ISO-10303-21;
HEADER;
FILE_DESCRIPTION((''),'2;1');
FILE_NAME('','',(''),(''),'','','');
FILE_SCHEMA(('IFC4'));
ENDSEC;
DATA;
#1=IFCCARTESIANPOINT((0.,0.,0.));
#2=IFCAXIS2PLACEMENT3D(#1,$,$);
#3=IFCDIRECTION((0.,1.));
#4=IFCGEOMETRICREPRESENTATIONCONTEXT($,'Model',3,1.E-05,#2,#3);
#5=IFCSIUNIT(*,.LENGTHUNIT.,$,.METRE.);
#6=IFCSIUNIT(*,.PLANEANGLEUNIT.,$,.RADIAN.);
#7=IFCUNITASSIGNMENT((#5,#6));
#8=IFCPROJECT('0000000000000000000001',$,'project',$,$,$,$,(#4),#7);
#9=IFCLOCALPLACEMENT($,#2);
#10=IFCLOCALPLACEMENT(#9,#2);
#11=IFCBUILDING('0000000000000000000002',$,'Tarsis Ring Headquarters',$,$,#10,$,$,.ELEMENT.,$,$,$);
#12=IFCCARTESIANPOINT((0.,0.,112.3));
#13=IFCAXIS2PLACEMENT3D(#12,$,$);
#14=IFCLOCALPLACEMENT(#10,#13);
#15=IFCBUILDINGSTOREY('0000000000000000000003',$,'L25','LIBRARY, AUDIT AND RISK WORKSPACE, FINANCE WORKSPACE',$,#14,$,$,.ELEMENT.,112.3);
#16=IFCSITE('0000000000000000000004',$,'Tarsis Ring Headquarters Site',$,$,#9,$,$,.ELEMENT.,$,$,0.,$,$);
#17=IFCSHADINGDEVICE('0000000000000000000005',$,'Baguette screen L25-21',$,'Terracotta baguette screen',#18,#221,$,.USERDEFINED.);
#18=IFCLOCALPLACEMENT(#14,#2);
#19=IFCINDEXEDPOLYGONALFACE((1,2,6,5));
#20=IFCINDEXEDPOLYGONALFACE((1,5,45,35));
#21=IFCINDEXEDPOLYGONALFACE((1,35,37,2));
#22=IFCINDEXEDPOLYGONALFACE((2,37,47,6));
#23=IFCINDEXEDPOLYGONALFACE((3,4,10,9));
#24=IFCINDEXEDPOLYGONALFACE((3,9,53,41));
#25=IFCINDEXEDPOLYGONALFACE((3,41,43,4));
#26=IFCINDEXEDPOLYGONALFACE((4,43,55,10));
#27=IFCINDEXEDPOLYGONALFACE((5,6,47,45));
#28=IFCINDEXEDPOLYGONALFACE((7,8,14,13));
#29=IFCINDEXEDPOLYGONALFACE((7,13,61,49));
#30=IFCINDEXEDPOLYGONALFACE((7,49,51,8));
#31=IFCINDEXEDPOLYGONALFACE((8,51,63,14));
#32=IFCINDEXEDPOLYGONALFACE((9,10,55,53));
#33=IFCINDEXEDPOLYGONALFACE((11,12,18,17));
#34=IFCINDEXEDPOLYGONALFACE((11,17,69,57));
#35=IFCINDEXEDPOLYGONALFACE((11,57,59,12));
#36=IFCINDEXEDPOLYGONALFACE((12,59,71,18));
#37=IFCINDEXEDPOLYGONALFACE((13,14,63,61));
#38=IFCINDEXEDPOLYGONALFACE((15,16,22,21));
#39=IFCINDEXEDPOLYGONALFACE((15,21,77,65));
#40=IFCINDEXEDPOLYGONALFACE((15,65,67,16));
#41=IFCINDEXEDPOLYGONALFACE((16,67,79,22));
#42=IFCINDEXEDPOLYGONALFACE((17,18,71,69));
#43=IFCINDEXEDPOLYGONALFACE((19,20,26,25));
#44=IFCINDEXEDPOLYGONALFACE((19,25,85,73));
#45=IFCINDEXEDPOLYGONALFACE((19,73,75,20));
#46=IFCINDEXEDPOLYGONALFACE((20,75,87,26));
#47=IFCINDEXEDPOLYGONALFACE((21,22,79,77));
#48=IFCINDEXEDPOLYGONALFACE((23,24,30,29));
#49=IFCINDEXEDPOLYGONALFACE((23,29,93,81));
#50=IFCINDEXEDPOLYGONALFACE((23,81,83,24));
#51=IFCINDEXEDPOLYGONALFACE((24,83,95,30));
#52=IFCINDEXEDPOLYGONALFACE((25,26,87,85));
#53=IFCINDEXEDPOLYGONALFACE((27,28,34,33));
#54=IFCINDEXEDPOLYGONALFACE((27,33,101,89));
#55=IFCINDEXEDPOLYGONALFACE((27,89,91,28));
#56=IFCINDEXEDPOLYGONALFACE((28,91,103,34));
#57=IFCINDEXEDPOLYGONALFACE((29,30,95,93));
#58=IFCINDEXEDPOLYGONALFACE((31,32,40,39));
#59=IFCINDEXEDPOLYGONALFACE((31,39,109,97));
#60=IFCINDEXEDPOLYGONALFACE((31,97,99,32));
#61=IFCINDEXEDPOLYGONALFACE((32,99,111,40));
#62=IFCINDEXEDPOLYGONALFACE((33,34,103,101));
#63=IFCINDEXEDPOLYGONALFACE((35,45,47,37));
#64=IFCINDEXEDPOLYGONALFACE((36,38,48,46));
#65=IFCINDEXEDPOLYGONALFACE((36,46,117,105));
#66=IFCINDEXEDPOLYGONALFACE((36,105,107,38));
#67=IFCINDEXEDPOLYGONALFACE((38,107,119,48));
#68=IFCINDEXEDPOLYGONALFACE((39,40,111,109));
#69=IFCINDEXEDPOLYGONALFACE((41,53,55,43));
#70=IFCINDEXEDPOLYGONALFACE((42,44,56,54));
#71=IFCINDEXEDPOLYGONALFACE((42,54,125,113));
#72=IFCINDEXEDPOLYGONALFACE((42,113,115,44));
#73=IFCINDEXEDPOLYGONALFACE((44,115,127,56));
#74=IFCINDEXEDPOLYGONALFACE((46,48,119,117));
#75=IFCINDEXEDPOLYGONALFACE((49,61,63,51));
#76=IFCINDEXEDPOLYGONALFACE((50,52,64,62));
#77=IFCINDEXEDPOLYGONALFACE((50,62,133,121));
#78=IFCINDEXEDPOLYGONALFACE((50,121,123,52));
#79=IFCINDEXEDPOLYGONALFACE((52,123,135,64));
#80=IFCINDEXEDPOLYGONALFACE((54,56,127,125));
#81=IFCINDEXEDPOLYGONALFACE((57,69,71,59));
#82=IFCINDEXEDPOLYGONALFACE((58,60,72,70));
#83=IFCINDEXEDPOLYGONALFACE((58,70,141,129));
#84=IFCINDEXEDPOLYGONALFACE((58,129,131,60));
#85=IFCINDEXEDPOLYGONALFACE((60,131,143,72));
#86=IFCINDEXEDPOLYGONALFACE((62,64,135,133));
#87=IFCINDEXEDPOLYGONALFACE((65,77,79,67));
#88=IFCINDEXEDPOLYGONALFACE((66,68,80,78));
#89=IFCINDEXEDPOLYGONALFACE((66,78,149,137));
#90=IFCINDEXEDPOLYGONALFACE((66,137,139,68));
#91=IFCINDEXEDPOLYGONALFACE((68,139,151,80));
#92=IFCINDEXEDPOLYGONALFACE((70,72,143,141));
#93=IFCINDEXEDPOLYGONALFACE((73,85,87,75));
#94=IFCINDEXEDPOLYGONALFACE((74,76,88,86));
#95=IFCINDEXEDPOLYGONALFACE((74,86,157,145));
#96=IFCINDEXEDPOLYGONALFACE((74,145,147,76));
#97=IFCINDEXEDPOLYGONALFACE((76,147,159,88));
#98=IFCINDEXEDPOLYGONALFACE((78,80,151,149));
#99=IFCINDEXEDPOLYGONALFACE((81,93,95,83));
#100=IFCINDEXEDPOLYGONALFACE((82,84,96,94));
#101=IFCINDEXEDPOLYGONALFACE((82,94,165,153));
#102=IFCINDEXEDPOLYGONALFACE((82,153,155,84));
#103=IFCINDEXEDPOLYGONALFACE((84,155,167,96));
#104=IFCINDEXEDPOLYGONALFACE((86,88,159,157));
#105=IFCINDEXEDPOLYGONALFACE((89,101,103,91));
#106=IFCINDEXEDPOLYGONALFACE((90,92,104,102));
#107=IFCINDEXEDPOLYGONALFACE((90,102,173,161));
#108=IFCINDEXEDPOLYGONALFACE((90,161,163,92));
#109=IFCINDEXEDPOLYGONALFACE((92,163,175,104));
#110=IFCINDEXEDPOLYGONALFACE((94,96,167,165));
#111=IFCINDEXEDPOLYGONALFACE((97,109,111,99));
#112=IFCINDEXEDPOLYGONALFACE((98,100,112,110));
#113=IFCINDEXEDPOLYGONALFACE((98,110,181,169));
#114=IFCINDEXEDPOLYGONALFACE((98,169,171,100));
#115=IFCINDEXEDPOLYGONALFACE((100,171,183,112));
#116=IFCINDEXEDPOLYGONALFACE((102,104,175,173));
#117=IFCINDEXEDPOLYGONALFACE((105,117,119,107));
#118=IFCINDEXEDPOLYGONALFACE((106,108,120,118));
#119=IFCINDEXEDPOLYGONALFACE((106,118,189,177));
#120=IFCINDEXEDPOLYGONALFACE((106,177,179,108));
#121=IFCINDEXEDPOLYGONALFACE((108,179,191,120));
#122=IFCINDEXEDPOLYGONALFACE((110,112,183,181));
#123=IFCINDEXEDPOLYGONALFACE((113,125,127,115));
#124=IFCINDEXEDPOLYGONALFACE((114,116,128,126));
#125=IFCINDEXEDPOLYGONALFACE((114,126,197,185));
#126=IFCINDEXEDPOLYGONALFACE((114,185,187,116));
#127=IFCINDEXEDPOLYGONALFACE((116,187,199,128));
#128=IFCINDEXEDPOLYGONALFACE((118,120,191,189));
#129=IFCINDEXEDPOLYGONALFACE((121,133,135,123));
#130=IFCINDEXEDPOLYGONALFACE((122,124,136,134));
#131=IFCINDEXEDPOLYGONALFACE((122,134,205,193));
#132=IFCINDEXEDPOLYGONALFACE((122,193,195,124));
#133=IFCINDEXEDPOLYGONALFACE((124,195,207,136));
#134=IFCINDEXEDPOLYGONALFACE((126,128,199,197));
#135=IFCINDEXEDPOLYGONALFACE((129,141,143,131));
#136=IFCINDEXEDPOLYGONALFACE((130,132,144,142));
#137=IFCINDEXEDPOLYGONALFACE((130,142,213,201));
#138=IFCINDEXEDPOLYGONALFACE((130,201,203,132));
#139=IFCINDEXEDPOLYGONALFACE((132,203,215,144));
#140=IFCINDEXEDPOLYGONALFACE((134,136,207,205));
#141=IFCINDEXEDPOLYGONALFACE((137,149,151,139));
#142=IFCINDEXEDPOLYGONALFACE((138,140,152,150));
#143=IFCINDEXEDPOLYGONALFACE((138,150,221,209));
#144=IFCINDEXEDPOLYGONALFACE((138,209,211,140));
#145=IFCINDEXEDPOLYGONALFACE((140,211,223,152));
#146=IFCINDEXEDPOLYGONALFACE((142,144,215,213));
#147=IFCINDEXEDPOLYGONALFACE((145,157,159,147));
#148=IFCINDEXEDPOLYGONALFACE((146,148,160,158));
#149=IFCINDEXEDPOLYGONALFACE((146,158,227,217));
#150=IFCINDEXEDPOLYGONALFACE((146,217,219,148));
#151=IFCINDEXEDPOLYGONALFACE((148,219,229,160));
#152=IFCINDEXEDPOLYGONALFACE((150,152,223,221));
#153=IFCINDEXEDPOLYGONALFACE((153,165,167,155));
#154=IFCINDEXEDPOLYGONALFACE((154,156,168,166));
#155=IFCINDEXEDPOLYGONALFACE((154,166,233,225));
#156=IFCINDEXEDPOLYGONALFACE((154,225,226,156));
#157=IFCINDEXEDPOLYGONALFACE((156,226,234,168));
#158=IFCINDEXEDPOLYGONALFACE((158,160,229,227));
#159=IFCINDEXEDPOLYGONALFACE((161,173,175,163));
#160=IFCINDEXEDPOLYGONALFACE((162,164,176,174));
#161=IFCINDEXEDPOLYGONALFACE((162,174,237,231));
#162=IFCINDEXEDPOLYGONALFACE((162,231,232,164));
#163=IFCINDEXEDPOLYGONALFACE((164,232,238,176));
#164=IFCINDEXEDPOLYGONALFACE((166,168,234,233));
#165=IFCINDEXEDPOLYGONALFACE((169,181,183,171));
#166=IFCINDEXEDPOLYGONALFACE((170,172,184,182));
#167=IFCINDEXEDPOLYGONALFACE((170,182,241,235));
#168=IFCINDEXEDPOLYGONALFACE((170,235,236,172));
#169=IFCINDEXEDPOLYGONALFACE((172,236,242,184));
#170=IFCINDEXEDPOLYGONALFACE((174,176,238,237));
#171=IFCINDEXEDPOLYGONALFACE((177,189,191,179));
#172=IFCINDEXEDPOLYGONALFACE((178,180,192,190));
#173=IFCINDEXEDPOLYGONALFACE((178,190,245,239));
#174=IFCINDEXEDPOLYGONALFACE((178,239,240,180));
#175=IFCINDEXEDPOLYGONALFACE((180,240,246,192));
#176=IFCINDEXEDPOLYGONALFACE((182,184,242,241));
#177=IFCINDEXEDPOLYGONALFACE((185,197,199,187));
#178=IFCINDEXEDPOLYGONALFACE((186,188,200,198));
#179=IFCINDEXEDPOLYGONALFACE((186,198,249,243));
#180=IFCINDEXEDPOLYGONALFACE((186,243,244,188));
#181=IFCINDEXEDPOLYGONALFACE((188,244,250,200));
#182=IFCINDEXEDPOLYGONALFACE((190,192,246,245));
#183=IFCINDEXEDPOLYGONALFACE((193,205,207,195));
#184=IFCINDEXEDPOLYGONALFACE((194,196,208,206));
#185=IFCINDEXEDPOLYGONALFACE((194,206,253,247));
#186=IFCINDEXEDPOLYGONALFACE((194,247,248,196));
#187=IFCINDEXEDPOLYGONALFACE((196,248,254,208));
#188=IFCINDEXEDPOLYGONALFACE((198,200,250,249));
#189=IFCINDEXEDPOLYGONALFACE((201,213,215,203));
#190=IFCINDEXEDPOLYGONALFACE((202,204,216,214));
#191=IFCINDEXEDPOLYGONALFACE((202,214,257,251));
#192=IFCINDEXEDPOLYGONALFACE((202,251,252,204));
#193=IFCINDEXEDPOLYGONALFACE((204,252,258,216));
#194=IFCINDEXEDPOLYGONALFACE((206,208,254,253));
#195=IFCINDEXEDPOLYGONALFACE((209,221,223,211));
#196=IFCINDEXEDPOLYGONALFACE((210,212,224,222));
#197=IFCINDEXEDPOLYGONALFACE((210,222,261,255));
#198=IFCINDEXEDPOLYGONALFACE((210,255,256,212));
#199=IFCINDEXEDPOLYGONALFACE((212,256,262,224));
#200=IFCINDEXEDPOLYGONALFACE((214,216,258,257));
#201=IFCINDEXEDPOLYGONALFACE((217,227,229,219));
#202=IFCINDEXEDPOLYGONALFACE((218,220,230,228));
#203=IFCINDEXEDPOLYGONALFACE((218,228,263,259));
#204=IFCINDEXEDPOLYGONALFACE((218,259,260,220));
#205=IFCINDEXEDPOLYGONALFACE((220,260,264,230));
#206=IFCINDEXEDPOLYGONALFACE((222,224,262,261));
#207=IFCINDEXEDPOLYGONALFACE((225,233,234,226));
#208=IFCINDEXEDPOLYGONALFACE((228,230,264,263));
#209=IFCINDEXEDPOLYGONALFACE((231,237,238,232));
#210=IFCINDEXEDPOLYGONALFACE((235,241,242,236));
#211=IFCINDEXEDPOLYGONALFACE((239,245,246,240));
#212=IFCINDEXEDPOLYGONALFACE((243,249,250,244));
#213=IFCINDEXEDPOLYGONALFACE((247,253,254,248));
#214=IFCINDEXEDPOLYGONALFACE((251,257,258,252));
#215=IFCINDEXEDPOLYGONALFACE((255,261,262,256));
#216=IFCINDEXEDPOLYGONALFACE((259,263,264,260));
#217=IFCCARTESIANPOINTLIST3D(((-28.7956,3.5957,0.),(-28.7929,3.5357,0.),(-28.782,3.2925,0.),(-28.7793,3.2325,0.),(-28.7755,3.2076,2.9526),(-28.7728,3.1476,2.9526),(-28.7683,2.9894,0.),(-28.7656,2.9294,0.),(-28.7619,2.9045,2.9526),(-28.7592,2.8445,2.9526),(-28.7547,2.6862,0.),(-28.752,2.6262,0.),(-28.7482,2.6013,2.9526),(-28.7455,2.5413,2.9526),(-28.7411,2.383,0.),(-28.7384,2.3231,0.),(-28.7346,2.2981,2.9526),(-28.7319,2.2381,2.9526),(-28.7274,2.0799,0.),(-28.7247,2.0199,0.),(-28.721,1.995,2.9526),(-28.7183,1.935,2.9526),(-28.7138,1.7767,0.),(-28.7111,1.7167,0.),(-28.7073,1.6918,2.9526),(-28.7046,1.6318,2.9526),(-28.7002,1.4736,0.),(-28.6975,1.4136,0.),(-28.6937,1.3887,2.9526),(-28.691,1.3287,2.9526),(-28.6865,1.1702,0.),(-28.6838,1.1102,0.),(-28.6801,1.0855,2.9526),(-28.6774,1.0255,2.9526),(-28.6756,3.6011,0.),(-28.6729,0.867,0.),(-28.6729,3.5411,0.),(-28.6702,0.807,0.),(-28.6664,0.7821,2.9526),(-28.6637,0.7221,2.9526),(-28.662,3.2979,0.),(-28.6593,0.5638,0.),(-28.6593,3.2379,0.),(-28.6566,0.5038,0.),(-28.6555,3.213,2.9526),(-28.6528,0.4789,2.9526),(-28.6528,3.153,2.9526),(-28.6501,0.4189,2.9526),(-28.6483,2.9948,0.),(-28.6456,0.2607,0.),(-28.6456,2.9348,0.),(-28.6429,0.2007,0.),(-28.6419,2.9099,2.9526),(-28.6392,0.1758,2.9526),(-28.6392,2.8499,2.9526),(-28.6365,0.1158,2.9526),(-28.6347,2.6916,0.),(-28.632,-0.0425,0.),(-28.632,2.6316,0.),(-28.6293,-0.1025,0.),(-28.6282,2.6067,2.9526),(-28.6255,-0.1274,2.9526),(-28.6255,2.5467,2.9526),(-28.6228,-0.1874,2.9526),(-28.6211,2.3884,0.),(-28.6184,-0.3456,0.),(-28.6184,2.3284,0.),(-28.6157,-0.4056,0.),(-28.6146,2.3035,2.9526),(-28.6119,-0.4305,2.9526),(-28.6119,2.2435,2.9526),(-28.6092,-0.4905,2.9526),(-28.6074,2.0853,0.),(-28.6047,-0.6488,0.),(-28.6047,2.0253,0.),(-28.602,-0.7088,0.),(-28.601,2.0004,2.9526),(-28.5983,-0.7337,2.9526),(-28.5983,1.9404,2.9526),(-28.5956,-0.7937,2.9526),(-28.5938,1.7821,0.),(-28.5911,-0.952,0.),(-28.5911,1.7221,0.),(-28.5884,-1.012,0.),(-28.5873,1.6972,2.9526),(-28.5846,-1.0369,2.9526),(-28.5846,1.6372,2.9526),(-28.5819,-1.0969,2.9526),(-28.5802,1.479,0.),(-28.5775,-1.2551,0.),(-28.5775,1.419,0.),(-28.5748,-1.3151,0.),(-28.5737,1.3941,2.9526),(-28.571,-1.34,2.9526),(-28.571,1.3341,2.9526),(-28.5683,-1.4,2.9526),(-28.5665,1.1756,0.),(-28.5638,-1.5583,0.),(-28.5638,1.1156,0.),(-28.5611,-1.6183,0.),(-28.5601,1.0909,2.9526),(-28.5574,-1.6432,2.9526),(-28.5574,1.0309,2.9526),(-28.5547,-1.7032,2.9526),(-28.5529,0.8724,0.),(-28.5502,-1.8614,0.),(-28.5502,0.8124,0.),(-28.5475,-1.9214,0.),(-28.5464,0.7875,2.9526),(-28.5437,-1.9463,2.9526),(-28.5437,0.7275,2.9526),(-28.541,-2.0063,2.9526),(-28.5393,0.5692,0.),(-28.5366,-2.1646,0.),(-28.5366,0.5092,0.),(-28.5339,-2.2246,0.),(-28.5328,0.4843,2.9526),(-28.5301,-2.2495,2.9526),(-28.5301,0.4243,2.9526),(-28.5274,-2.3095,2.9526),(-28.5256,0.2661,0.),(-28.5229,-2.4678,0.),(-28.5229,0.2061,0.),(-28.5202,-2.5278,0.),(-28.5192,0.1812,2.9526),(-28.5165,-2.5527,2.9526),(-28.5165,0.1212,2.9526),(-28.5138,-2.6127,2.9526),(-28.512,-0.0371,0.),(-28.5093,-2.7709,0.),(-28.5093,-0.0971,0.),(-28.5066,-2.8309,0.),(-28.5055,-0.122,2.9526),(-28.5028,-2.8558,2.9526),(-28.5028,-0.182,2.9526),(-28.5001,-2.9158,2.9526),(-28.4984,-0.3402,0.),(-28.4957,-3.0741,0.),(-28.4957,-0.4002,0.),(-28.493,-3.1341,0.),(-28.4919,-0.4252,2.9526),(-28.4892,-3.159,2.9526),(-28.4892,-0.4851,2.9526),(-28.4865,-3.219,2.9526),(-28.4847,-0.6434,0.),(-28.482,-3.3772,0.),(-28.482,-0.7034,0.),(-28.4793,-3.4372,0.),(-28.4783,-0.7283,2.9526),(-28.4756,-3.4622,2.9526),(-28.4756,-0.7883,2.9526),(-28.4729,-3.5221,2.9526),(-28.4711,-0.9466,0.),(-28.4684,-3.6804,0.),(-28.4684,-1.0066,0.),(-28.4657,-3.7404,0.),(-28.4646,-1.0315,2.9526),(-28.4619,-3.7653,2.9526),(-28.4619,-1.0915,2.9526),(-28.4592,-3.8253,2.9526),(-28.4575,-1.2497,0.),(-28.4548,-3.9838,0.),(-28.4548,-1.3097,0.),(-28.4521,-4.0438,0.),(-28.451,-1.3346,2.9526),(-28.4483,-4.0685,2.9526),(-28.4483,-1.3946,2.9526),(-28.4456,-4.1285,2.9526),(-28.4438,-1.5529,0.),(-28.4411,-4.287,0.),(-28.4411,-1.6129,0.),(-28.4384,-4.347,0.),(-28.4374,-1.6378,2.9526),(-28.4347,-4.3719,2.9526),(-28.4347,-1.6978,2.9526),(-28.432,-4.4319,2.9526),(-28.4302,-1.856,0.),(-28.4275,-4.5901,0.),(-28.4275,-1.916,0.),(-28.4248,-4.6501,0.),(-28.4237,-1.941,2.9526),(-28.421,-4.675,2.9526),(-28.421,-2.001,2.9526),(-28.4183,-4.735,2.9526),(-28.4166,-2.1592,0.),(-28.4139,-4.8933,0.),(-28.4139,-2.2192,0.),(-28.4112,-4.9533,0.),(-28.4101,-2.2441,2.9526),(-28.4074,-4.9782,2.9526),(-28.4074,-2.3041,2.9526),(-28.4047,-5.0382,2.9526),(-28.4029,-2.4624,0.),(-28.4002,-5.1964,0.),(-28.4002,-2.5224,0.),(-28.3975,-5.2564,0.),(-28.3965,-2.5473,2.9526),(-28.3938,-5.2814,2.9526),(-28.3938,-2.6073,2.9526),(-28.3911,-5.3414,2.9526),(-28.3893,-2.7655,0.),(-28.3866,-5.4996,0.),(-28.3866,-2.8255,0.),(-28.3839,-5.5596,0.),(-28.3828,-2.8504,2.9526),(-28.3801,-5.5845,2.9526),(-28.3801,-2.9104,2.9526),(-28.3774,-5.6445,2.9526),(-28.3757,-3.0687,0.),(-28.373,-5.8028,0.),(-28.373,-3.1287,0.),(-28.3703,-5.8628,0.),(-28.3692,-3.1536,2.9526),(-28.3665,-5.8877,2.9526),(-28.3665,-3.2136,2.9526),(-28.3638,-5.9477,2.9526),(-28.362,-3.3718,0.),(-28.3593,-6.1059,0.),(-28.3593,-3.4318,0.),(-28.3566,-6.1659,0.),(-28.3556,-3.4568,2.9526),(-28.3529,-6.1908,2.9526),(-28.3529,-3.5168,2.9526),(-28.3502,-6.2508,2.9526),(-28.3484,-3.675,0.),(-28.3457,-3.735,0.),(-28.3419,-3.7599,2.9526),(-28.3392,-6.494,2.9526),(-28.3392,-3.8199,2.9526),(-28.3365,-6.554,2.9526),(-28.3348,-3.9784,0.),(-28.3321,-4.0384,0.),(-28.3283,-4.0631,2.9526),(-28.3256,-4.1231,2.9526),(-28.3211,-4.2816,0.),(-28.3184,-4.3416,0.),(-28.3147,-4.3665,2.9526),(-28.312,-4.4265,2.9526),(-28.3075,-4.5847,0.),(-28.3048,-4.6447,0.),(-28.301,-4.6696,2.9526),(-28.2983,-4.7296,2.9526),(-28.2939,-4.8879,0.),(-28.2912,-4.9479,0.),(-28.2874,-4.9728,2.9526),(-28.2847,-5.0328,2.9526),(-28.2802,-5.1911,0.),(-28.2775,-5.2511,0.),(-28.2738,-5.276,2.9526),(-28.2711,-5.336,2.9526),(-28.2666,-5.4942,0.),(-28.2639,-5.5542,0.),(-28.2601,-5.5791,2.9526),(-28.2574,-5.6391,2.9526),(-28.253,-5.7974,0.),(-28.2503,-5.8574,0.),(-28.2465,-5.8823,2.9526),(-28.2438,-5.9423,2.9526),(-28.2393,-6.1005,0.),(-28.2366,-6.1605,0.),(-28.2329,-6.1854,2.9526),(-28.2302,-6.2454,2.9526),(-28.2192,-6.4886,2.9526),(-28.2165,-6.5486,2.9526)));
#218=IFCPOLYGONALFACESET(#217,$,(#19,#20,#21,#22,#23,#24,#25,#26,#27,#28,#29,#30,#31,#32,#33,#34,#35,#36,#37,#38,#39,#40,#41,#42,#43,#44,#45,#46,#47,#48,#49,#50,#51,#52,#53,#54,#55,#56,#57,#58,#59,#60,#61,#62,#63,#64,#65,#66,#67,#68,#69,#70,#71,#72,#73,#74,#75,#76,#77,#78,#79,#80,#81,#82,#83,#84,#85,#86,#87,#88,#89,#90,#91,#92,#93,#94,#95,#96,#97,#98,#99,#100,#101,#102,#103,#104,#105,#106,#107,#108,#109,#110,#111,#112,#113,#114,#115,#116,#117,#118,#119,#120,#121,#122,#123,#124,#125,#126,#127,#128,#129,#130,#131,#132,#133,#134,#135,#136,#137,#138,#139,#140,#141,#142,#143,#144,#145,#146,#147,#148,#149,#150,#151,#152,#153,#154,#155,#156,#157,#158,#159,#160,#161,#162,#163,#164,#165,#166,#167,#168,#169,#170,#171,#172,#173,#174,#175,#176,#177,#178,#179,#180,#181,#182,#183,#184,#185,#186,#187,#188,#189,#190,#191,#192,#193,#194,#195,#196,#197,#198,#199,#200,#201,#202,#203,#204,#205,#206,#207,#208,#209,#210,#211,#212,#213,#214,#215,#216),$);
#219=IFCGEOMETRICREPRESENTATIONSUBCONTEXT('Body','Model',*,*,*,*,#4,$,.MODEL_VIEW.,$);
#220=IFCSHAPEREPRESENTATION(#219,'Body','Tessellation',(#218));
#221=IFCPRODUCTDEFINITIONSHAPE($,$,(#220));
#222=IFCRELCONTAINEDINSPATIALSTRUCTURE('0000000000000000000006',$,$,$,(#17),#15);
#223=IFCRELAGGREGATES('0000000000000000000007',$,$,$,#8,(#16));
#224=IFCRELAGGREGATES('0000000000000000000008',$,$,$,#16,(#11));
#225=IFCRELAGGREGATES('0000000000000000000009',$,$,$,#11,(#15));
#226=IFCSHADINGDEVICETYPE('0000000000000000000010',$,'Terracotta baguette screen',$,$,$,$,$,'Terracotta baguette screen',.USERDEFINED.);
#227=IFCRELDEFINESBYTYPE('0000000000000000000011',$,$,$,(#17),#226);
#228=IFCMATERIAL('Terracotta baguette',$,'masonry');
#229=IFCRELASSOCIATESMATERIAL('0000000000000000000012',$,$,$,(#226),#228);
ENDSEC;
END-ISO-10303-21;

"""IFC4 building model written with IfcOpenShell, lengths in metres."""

from ifc_helpers import new_model, si_unit, direction, frame, frame_2d, origin, place, context, subcontext, project, spatial, rectangle, composite_profile, extrude, material, type_object, element, save


model = new_model("IFC4")

# Units and contexts
model_context = context("Model", 3, precision=1e-05, world=origin(), true_north=direction((0.0, 1.0)))
body_context = subcontext(model_context, "Body", "Model", "MODEL_VIEW")
ifc_project = project(units=[si_unit("LENGTHUNIT", "METRE"), si_unit("PLANEANGLEUNIT", "RADIAN")], contexts=[model_context])

# Site, building, storey
site_placement = place(None, origin())
site = spatial("IfcSite", under=ifc_project, at=site_placement, Name="Tarsis Ring Headquarters Site", CompositionType="ELEMENT", RefElevation=0.0)
building_placement = place(site_placement, origin())
building = spatial("IfcBuilding", under=site, at=building_placement, Name="Tarsis Ring Headquarters", CompositionType="ELEMENT")
storey_placement = place(building_placement, frame((0.0, 0.0, 112.3)))
storey = spatial("IfcBuildingStorey", under=building, at=storey_placement, Name="L25", Description="LIBRARY, AUDIT AND RISK WORKSPACE, FINANCE WORKSPACE", CompositionType="ELEMENT", Elevation=112.3)

# Shading device
ifc_material_1 = material(Name="Terracotta baguette", Category="masonry")
shading_device_type = type_object("IfcShadingDeviceType", Name="Terracotta baguette screen", ElementType="Terracotta baguette screen", PredefinedType="USERDEFINED", material=ifc_material_1)
shading_device_placement = place(storey_placement, frame((-28.7356, 3.5984, 0.0), z_axis=(0.0, 0.0, 1.0), x_axis=(0.044923, -0.999001, 0.0)))
element("IfcShadingDevice", 1, at=shading_device_placement, inside=storey, type_object=shading_device_type, Name="Baguette screen L25-21", ObjectType="Terracotta baguette screen", PredefinedType="USERDEFINED", context=body_context, shape_type="SweptSolid", body=[
    extrude(composite_profile([rectangle(XDim=0.0601, YDim=0.1201, at=frame_2d((0.03, 0.0))), rectangle(XDim=0.0601, YDim=0.1201, at=frame_2d((0.3335, 0.0))), rectangle(XDim=0.0601, YDim=0.1201, at=frame_2d((0.637, 0.0))), rectangle(XDim=0.0601, YDim=0.1201, at=frame_2d((0.9404, 0.0))), rectangle(XDim=0.0601, YDim=0.1201, at=frame_2d((1.2439, 0.0))), rectangle(XDim=0.0601, YDim=0.1201, at=frame_2d((1.5474, 0.0))), rectangle(XDim=0.0601, YDim=0.1201, at=frame_2d((1.8508, 0.0))), rectangle(XDim=0.0601, YDim=0.1201, at=frame_2d((2.1543, 0.0))), rectangle(XDim=0.0601, YDim=0.1201, at=frame_2d((2.458, 0.0))), rectangle(XDim=0.0601, YDim=0.1201, at=frame_2d((2.7615, 0.0))), rectangle(XDim=0.0601, YDim=0.1201, at=frame_2d((3.0649, 0.0))), rectangle(XDim=0.0601, YDim=0.1201, at=frame_2d((3.3684, 0.0))), rectangle(XDim=0.0601, YDim=0.1201, at=frame_2d((3.6719, 0.0))), rectangle(XDim=0.0601, YDim=0.1201, at=frame_2d((3.9753, 0.0))), rectangle(XDim=0.0601, YDim=0.1201, at=frame_2d((4.2788, 0.0))), rectangle(XDim=0.0601, YDim=0.1201, at=frame_2d((4.5823, 0.0))), rectangle(XDim=0.0601, YDim=0.1201, at=frame_2d((4.8857, 0.0))), rectangle(XDim=0.0601, YDim=0.1201, at=frame_2d((5.1892, 0.0))), rectangle(XDim=0.0601, YDim=0.1201, at=frame_2d((5.4927, 0.0))), rectangle(XDim=0.0601, YDim=0.1201, at=frame_2d((5.7961, 0.0))), rectangle(XDim=0.0601, YDim=0.1201, at=frame_2d((6.0996, 0.0))), rectangle(XDim=0.0601, YDim=0.1201, at=frame_2d((6.4031, 0.0))), rectangle(XDim=0.0601, YDim=0.1201, at=frame_2d((6.7065, 0.0))), rectangle(XDim=0.0601, YDim=0.1201, at=frame_2d((7.01, 0.0))), rectangle(XDim=0.0601, YDim=0.1201, at=frame_2d((7.3135, 0.0))), rectangle(XDim=0.0601, YDim=0.1201, at=frame_2d((7.6172, 0.0))), rectangle(XDim=0.0601, YDim=0.1201, at=frame_2d((7.9207, 0.0))), rectangle(XDim=0.0601, YDim=0.1201, at=frame_2d((8.2241, 0.0))), rectangle(XDim=0.0601, YDim=0.1201, at=frame_2d((8.5276, 0.0))), rectangle(XDim=0.0601, YDim=0.1201, at=frame_2d((8.8311, 0.0))), rectangle(XDim=0.0601, YDim=0.1201, at=frame_2d((9.1345, 0.0))), rectangle(XDim=0.0601, YDim=0.1201, at=frame_2d((9.438, 0.0))), rectangle(XDim=0.0601, YDim=0.1201, at=frame_2d((9.7415, 0.0)))]), origin(), (0.130482, 0.000889, 0.99145), 2.978),
])

save(model, "model.ifc")
